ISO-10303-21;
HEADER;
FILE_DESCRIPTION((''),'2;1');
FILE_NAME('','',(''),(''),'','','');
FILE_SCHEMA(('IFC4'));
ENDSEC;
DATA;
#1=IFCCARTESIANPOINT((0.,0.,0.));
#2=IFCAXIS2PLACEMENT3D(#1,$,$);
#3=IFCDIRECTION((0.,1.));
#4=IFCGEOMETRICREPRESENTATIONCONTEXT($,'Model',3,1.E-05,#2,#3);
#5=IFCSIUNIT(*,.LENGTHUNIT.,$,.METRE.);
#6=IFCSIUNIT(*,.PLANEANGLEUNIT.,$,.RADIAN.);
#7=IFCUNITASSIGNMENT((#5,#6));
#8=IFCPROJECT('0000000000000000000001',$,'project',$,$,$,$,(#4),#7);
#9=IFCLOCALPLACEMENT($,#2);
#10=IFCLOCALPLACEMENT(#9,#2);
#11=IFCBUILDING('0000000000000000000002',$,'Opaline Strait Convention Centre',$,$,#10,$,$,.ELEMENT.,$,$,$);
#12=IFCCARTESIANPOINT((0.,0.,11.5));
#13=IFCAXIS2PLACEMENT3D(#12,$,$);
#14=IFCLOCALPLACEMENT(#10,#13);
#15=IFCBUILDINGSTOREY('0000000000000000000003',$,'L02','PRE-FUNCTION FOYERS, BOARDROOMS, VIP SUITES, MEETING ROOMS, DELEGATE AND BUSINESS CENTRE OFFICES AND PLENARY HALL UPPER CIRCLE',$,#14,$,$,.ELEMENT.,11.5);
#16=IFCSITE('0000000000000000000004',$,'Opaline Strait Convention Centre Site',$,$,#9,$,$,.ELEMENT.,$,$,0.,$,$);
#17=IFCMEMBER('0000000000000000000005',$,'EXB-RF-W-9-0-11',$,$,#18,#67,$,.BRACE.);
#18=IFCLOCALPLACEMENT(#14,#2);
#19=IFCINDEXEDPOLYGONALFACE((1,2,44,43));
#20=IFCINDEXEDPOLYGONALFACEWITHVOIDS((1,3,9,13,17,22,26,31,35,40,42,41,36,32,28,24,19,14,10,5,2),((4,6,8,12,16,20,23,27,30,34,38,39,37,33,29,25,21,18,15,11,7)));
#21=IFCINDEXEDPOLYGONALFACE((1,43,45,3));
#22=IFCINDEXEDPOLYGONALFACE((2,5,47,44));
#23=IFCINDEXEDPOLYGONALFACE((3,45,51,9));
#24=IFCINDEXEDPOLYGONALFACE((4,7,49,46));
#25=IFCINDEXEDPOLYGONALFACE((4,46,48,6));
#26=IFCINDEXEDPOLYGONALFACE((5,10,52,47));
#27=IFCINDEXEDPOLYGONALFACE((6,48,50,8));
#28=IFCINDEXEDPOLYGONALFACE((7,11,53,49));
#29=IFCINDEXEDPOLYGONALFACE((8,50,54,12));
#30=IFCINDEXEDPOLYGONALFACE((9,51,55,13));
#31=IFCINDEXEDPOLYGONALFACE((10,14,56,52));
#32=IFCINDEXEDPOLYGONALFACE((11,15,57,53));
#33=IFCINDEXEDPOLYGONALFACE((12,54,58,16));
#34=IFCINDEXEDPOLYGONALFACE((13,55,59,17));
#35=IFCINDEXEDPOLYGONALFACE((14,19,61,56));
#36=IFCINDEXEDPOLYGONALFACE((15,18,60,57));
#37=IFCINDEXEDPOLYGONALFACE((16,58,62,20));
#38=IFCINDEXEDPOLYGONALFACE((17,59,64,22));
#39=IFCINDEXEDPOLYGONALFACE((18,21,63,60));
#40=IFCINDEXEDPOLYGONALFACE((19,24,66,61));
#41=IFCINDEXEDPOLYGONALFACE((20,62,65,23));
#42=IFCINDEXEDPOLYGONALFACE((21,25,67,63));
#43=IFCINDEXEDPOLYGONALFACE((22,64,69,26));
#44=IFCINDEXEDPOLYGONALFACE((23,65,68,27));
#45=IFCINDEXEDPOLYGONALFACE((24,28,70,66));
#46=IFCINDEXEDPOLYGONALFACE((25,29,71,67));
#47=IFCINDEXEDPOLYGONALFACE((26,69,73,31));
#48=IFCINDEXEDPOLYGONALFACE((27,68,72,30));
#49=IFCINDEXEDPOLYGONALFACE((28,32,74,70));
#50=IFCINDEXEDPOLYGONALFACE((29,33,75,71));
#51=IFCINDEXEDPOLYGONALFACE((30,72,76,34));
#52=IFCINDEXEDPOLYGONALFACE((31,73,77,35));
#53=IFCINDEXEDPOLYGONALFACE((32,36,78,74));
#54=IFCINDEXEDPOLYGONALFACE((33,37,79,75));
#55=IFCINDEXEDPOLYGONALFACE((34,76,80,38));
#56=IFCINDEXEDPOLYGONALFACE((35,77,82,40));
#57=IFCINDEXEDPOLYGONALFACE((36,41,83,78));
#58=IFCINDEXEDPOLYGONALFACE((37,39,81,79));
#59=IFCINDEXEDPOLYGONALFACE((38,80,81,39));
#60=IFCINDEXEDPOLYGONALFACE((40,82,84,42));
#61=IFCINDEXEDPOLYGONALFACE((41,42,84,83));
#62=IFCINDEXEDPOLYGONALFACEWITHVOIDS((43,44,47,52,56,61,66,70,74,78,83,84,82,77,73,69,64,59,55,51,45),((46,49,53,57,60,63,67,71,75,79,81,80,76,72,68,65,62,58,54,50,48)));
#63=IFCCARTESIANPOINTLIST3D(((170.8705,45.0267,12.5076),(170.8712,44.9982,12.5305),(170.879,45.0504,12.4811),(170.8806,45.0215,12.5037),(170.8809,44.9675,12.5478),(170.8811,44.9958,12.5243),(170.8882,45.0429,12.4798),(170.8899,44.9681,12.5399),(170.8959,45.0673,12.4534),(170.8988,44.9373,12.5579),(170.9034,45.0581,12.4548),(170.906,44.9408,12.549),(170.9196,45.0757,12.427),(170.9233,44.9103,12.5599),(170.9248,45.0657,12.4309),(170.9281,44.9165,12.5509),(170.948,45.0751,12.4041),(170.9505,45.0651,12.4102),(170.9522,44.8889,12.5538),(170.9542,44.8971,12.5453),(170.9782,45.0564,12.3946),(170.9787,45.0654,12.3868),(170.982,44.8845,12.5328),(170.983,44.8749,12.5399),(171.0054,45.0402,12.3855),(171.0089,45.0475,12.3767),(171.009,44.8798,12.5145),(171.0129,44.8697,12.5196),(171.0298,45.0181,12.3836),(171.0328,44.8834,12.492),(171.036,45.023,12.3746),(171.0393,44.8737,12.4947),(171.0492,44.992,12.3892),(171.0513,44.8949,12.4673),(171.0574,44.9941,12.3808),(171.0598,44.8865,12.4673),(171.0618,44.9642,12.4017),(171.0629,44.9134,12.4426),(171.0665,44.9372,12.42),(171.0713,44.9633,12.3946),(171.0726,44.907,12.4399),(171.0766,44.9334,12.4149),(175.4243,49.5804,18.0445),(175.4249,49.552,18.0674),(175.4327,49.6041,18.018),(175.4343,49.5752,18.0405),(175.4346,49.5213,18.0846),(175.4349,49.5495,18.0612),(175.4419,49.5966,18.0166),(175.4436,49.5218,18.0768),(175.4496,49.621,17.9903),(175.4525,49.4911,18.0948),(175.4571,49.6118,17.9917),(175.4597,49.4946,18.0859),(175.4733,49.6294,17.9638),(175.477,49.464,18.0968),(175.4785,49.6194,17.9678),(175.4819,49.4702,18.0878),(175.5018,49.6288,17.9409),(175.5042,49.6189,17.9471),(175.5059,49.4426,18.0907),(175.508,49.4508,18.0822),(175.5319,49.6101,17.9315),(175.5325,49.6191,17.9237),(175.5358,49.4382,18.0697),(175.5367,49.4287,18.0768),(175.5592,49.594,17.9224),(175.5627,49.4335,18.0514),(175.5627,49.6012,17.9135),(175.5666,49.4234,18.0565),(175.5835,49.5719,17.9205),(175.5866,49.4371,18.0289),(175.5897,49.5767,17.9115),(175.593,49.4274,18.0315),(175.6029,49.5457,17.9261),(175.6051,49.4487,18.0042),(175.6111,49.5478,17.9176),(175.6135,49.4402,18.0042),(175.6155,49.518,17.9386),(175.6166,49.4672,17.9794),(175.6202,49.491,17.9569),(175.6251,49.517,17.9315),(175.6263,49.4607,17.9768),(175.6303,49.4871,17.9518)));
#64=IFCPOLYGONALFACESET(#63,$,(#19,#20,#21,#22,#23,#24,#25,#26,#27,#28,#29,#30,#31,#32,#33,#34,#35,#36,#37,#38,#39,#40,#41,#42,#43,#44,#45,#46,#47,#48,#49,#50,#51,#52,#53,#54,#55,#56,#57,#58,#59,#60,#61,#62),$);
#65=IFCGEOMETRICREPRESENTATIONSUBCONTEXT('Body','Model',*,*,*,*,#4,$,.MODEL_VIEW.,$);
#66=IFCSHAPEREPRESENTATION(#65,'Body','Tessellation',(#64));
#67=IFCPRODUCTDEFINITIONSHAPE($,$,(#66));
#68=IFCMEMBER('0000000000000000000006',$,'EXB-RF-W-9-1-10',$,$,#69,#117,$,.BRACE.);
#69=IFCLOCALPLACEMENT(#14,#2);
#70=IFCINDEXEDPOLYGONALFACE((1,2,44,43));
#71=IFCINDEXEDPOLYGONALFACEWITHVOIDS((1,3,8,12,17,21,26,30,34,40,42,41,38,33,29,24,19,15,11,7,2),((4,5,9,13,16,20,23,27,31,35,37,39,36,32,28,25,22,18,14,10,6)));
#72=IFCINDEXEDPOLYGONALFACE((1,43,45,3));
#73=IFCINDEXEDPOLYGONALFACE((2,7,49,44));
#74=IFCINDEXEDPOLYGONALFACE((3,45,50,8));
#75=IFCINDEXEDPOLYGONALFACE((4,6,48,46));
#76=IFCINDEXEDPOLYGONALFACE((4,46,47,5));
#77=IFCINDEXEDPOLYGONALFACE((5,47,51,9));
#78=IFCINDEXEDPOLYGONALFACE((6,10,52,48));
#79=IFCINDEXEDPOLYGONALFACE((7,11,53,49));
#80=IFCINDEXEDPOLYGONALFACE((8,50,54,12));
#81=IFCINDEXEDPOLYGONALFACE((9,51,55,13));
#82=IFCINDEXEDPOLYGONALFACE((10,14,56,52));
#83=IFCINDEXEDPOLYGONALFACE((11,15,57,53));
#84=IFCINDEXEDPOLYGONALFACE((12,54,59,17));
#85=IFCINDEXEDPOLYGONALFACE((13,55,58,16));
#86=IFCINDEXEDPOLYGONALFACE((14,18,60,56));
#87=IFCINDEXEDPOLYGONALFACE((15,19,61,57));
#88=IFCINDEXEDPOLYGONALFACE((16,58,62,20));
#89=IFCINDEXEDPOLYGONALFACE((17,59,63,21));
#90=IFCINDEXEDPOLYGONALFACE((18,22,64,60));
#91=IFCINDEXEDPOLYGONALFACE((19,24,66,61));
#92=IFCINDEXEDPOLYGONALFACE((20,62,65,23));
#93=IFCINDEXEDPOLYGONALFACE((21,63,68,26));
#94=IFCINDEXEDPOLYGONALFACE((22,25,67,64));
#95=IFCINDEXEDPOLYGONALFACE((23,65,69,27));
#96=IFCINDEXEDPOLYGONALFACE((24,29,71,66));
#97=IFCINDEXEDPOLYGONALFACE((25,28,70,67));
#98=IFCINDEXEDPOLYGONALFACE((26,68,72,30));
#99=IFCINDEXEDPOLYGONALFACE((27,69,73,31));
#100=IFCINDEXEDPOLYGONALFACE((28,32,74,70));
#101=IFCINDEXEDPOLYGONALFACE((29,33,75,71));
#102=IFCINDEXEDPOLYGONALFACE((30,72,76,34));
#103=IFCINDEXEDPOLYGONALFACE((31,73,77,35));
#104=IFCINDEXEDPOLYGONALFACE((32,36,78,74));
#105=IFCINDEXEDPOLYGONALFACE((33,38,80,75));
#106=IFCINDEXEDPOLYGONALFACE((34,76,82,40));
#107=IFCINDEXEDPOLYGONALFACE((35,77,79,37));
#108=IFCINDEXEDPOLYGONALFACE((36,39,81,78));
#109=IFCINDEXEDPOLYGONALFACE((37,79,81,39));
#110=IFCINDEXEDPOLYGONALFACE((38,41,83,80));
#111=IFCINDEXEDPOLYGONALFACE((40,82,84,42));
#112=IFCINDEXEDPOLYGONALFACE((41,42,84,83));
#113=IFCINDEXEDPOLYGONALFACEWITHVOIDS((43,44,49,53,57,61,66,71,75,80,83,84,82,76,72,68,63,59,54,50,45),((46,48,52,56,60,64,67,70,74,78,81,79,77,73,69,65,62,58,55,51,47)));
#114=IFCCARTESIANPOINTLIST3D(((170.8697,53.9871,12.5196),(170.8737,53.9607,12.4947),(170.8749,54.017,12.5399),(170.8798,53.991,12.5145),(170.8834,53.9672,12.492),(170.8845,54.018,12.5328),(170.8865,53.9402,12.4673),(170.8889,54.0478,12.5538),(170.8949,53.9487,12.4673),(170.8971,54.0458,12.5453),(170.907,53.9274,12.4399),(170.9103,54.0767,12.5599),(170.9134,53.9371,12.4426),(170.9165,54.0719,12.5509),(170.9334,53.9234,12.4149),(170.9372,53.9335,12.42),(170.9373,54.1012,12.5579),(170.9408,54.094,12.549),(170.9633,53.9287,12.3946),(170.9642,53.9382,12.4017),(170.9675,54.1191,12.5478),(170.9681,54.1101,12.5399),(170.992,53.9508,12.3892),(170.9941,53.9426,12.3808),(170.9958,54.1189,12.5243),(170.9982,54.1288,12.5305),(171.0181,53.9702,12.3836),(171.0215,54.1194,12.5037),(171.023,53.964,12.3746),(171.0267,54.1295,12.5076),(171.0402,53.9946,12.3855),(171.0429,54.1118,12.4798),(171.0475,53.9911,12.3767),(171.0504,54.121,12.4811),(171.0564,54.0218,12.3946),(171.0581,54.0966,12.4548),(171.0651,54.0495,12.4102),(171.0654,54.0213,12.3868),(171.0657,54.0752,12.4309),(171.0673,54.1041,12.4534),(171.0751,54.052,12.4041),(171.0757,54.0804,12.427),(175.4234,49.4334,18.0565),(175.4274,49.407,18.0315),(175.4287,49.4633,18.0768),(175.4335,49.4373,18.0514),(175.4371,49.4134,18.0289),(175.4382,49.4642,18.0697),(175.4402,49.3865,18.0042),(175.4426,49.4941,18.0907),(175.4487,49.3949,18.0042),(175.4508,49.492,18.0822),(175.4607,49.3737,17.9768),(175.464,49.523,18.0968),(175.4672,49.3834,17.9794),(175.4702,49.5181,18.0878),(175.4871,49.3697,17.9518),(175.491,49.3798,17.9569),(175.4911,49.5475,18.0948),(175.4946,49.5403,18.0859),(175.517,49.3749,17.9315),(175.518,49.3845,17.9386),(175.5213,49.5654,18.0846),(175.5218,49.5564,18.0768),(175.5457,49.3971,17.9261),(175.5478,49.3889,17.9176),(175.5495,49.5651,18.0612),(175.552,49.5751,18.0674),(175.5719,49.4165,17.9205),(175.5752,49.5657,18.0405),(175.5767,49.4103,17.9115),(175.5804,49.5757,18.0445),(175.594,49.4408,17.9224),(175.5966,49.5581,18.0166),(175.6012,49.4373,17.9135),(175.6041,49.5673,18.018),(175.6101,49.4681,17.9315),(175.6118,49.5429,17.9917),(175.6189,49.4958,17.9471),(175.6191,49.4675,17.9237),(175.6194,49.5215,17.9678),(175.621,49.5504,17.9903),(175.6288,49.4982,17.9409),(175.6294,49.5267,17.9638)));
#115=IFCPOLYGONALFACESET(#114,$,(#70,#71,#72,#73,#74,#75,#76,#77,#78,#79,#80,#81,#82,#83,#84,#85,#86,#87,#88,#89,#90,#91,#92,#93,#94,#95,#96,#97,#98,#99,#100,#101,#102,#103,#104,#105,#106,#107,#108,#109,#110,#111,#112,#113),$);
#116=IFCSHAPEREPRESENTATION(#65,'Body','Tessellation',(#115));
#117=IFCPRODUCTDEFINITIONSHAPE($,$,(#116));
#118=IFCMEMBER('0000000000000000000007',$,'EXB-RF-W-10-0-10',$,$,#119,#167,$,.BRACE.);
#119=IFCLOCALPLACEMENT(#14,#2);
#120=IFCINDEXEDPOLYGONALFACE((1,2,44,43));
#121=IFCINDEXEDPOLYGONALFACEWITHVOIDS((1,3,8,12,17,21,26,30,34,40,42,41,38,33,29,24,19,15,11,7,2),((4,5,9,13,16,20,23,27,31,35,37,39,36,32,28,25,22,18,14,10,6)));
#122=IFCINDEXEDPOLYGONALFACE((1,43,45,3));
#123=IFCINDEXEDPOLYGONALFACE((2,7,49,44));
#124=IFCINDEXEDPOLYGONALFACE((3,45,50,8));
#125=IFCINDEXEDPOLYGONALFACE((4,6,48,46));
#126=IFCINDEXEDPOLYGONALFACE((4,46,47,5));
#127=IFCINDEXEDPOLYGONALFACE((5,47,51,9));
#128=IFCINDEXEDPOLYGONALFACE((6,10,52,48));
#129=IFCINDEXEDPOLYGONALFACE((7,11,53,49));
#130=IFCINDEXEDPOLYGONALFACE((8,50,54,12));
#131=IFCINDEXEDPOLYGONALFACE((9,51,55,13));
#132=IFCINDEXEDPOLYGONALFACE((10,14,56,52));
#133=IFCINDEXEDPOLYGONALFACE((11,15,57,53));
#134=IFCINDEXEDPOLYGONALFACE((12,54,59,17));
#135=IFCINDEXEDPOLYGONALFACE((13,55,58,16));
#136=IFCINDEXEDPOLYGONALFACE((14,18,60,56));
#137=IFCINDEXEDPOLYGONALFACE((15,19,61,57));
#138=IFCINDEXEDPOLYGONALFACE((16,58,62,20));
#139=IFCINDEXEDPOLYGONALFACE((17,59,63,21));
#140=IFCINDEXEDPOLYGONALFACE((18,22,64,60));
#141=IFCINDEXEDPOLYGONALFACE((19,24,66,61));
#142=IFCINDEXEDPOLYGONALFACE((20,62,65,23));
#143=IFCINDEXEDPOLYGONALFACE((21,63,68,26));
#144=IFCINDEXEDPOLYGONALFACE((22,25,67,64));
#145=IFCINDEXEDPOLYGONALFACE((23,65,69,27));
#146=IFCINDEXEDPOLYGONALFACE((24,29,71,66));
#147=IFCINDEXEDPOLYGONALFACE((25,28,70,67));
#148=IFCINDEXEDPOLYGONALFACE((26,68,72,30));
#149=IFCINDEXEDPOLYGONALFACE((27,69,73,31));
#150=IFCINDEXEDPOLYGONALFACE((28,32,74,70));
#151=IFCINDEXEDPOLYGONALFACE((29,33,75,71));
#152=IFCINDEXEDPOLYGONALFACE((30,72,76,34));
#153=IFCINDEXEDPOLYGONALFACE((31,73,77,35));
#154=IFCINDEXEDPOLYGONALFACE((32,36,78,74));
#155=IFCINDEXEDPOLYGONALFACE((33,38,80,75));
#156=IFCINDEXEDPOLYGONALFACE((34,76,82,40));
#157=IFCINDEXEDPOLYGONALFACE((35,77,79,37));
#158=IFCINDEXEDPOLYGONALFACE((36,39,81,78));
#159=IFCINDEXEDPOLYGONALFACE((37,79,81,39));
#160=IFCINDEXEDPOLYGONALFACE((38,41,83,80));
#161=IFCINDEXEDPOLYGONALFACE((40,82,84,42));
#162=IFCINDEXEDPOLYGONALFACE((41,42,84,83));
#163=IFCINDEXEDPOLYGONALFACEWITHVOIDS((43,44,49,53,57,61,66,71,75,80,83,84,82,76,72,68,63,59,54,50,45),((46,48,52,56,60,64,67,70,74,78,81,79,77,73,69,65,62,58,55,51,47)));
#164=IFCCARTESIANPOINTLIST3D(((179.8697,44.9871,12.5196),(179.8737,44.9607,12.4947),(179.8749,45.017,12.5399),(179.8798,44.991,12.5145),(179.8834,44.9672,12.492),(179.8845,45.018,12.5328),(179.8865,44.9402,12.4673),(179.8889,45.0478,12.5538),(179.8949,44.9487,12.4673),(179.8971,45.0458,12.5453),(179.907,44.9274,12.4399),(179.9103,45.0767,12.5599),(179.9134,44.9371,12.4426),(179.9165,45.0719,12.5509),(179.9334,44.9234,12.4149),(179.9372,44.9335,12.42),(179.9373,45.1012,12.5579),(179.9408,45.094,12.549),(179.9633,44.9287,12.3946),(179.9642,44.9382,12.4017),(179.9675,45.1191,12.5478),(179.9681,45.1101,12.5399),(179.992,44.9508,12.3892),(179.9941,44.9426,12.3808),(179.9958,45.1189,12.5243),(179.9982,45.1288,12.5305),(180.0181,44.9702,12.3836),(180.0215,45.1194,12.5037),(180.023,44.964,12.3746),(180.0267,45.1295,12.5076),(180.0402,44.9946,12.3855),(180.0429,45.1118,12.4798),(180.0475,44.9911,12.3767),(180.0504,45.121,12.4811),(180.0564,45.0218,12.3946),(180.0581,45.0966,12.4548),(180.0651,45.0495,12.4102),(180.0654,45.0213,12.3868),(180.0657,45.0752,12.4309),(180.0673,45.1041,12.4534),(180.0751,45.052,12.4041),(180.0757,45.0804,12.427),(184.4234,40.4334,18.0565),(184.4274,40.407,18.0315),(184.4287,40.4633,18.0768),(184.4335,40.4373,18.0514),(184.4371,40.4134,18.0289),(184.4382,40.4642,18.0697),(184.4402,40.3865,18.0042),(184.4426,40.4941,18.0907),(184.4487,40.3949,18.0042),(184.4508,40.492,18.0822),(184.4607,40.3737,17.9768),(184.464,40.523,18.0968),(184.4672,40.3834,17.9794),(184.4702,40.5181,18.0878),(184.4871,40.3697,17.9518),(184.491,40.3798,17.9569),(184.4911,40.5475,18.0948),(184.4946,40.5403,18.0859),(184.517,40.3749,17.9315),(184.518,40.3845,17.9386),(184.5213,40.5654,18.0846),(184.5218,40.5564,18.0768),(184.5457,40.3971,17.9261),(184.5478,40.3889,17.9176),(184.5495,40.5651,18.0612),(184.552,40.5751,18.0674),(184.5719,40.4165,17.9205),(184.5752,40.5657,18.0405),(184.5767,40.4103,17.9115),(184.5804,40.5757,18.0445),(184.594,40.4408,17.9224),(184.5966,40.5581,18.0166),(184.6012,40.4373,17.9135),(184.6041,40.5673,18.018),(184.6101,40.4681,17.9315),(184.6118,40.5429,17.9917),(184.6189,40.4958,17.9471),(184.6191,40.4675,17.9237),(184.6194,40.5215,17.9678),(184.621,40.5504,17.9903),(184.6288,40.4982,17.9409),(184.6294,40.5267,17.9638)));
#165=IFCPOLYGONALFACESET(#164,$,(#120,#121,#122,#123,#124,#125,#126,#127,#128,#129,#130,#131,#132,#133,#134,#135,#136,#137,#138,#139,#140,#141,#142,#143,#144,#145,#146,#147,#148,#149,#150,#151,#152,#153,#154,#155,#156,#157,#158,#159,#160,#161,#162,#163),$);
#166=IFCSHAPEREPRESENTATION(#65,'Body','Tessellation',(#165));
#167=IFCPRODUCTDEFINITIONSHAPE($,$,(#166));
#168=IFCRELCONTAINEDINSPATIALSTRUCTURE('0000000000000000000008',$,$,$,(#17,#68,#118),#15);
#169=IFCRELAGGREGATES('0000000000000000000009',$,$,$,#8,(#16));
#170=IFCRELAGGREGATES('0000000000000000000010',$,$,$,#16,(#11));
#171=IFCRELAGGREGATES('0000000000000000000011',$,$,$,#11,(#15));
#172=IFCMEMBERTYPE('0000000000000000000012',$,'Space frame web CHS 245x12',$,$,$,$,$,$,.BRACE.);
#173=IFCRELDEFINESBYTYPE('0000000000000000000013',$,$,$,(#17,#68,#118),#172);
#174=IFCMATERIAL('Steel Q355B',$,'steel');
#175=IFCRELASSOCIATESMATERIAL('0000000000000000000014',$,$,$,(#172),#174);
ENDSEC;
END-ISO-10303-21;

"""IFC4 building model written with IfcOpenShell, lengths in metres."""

from ifc_helpers import new_model, si_unit, direction, frame, origin, origin_2d, place, context, subcontext, project, spatial, hollow_circle, extrude, material, material_profile, profile_set, type_object, element, save


model = new_model("IFC4")

# Units and contexts
model_context = context("Model", 3, precision=1e-05, world=origin(), true_north=direction((0.0, 1.0)))
body_context = subcontext(model_context, "Body", "Model", "MODEL_VIEW")
ifc_project = project(units=[si_unit("LENGTHUNIT", "METRE"), si_unit("PLANEANGLEUNIT", "RADIAN")], contexts=[model_context])

# Site, building, storey
site_placement = place(None, origin())
site = spatial("IfcSite", under=ifc_project, at=site_placement, Name="Opaline Strait Convention Centre Site", CompositionType="ELEMENT", RefElevation=0.0)
building_placement = place(site_placement, origin())
building = spatial("IfcBuilding", under=site, at=building_placement, Name="Opaline Strait Convention Centre", CompositionType="ELEMENT")
storey_placement = place(building_placement, frame((0.0, 0.0, 11.5)))
storey = spatial("IfcBuildingStorey", under=building, at=storey_placement, Name="L02", Description="PRE-FUNCTION FOYERS, BOARDROOMS, VIP SUITES, MEETING ROOMS, DELEGATE AND BUSINESS CENTRE OFFICES AND PLENARY HALL UPPER CIRCLE", CompositionType="ELEMENT", Elevation=11.5)

# Members
ifc_material_1 = material(Name="Steel Q355B", Category="steel")
ifc_material_profile_1 = material_profile(ifc_material_1, hollow_circle(Radius=0.1226, WallThickness=0.012, at=origin_2d()), Name="CHS 245x12")
ifc_profile_set_1 = profile_set([ifc_material_profile_1], Name="Steel Q355B")
member_type_1 = type_object("IfcMemberType", Name="Space frame web CHS 245x12", PredefinedType="BRACE", material=ifc_profile_set_1)
for number, where, z_axis, x_axis, name in (
    (1, (175.5269, 49.5269, 18.0042), (-0.536178, -0.536178, -0.65194), (0.707107, -0.707107, 0.0), "EXB-RF-W-9-0-11"),
    (2, (175.5269, 49.4731, 18.0042), (-0.536178, 0.536178, -0.65194), (-0.707107, -0.707107, 0.0), "EXB-RF-W-9-1-10"),
    (3, (184.5269, 40.4731, 18.0042), (-0.536178, 0.536178, -0.65194), (-0.707107, -0.707107, 0.0), "EXB-RF-W-10-0-10"),
):
    element("IfcMember", number, at=place(storey_placement, frame(where, z_axis=z_axis, x_axis=x_axis)), inside=storey, type_object=member_type_1, Name=name, PredefinedType="BRACE", context=body_context, shape_type="SweptSolid", body=[
        extrude(hollow_circle(Radius=0.1226, WallThickness=0.012, at=origin_2d()), origin(), (0.0, 0.0, 1.0), 8.4929),
    ])

save(model, "model.ifc")
